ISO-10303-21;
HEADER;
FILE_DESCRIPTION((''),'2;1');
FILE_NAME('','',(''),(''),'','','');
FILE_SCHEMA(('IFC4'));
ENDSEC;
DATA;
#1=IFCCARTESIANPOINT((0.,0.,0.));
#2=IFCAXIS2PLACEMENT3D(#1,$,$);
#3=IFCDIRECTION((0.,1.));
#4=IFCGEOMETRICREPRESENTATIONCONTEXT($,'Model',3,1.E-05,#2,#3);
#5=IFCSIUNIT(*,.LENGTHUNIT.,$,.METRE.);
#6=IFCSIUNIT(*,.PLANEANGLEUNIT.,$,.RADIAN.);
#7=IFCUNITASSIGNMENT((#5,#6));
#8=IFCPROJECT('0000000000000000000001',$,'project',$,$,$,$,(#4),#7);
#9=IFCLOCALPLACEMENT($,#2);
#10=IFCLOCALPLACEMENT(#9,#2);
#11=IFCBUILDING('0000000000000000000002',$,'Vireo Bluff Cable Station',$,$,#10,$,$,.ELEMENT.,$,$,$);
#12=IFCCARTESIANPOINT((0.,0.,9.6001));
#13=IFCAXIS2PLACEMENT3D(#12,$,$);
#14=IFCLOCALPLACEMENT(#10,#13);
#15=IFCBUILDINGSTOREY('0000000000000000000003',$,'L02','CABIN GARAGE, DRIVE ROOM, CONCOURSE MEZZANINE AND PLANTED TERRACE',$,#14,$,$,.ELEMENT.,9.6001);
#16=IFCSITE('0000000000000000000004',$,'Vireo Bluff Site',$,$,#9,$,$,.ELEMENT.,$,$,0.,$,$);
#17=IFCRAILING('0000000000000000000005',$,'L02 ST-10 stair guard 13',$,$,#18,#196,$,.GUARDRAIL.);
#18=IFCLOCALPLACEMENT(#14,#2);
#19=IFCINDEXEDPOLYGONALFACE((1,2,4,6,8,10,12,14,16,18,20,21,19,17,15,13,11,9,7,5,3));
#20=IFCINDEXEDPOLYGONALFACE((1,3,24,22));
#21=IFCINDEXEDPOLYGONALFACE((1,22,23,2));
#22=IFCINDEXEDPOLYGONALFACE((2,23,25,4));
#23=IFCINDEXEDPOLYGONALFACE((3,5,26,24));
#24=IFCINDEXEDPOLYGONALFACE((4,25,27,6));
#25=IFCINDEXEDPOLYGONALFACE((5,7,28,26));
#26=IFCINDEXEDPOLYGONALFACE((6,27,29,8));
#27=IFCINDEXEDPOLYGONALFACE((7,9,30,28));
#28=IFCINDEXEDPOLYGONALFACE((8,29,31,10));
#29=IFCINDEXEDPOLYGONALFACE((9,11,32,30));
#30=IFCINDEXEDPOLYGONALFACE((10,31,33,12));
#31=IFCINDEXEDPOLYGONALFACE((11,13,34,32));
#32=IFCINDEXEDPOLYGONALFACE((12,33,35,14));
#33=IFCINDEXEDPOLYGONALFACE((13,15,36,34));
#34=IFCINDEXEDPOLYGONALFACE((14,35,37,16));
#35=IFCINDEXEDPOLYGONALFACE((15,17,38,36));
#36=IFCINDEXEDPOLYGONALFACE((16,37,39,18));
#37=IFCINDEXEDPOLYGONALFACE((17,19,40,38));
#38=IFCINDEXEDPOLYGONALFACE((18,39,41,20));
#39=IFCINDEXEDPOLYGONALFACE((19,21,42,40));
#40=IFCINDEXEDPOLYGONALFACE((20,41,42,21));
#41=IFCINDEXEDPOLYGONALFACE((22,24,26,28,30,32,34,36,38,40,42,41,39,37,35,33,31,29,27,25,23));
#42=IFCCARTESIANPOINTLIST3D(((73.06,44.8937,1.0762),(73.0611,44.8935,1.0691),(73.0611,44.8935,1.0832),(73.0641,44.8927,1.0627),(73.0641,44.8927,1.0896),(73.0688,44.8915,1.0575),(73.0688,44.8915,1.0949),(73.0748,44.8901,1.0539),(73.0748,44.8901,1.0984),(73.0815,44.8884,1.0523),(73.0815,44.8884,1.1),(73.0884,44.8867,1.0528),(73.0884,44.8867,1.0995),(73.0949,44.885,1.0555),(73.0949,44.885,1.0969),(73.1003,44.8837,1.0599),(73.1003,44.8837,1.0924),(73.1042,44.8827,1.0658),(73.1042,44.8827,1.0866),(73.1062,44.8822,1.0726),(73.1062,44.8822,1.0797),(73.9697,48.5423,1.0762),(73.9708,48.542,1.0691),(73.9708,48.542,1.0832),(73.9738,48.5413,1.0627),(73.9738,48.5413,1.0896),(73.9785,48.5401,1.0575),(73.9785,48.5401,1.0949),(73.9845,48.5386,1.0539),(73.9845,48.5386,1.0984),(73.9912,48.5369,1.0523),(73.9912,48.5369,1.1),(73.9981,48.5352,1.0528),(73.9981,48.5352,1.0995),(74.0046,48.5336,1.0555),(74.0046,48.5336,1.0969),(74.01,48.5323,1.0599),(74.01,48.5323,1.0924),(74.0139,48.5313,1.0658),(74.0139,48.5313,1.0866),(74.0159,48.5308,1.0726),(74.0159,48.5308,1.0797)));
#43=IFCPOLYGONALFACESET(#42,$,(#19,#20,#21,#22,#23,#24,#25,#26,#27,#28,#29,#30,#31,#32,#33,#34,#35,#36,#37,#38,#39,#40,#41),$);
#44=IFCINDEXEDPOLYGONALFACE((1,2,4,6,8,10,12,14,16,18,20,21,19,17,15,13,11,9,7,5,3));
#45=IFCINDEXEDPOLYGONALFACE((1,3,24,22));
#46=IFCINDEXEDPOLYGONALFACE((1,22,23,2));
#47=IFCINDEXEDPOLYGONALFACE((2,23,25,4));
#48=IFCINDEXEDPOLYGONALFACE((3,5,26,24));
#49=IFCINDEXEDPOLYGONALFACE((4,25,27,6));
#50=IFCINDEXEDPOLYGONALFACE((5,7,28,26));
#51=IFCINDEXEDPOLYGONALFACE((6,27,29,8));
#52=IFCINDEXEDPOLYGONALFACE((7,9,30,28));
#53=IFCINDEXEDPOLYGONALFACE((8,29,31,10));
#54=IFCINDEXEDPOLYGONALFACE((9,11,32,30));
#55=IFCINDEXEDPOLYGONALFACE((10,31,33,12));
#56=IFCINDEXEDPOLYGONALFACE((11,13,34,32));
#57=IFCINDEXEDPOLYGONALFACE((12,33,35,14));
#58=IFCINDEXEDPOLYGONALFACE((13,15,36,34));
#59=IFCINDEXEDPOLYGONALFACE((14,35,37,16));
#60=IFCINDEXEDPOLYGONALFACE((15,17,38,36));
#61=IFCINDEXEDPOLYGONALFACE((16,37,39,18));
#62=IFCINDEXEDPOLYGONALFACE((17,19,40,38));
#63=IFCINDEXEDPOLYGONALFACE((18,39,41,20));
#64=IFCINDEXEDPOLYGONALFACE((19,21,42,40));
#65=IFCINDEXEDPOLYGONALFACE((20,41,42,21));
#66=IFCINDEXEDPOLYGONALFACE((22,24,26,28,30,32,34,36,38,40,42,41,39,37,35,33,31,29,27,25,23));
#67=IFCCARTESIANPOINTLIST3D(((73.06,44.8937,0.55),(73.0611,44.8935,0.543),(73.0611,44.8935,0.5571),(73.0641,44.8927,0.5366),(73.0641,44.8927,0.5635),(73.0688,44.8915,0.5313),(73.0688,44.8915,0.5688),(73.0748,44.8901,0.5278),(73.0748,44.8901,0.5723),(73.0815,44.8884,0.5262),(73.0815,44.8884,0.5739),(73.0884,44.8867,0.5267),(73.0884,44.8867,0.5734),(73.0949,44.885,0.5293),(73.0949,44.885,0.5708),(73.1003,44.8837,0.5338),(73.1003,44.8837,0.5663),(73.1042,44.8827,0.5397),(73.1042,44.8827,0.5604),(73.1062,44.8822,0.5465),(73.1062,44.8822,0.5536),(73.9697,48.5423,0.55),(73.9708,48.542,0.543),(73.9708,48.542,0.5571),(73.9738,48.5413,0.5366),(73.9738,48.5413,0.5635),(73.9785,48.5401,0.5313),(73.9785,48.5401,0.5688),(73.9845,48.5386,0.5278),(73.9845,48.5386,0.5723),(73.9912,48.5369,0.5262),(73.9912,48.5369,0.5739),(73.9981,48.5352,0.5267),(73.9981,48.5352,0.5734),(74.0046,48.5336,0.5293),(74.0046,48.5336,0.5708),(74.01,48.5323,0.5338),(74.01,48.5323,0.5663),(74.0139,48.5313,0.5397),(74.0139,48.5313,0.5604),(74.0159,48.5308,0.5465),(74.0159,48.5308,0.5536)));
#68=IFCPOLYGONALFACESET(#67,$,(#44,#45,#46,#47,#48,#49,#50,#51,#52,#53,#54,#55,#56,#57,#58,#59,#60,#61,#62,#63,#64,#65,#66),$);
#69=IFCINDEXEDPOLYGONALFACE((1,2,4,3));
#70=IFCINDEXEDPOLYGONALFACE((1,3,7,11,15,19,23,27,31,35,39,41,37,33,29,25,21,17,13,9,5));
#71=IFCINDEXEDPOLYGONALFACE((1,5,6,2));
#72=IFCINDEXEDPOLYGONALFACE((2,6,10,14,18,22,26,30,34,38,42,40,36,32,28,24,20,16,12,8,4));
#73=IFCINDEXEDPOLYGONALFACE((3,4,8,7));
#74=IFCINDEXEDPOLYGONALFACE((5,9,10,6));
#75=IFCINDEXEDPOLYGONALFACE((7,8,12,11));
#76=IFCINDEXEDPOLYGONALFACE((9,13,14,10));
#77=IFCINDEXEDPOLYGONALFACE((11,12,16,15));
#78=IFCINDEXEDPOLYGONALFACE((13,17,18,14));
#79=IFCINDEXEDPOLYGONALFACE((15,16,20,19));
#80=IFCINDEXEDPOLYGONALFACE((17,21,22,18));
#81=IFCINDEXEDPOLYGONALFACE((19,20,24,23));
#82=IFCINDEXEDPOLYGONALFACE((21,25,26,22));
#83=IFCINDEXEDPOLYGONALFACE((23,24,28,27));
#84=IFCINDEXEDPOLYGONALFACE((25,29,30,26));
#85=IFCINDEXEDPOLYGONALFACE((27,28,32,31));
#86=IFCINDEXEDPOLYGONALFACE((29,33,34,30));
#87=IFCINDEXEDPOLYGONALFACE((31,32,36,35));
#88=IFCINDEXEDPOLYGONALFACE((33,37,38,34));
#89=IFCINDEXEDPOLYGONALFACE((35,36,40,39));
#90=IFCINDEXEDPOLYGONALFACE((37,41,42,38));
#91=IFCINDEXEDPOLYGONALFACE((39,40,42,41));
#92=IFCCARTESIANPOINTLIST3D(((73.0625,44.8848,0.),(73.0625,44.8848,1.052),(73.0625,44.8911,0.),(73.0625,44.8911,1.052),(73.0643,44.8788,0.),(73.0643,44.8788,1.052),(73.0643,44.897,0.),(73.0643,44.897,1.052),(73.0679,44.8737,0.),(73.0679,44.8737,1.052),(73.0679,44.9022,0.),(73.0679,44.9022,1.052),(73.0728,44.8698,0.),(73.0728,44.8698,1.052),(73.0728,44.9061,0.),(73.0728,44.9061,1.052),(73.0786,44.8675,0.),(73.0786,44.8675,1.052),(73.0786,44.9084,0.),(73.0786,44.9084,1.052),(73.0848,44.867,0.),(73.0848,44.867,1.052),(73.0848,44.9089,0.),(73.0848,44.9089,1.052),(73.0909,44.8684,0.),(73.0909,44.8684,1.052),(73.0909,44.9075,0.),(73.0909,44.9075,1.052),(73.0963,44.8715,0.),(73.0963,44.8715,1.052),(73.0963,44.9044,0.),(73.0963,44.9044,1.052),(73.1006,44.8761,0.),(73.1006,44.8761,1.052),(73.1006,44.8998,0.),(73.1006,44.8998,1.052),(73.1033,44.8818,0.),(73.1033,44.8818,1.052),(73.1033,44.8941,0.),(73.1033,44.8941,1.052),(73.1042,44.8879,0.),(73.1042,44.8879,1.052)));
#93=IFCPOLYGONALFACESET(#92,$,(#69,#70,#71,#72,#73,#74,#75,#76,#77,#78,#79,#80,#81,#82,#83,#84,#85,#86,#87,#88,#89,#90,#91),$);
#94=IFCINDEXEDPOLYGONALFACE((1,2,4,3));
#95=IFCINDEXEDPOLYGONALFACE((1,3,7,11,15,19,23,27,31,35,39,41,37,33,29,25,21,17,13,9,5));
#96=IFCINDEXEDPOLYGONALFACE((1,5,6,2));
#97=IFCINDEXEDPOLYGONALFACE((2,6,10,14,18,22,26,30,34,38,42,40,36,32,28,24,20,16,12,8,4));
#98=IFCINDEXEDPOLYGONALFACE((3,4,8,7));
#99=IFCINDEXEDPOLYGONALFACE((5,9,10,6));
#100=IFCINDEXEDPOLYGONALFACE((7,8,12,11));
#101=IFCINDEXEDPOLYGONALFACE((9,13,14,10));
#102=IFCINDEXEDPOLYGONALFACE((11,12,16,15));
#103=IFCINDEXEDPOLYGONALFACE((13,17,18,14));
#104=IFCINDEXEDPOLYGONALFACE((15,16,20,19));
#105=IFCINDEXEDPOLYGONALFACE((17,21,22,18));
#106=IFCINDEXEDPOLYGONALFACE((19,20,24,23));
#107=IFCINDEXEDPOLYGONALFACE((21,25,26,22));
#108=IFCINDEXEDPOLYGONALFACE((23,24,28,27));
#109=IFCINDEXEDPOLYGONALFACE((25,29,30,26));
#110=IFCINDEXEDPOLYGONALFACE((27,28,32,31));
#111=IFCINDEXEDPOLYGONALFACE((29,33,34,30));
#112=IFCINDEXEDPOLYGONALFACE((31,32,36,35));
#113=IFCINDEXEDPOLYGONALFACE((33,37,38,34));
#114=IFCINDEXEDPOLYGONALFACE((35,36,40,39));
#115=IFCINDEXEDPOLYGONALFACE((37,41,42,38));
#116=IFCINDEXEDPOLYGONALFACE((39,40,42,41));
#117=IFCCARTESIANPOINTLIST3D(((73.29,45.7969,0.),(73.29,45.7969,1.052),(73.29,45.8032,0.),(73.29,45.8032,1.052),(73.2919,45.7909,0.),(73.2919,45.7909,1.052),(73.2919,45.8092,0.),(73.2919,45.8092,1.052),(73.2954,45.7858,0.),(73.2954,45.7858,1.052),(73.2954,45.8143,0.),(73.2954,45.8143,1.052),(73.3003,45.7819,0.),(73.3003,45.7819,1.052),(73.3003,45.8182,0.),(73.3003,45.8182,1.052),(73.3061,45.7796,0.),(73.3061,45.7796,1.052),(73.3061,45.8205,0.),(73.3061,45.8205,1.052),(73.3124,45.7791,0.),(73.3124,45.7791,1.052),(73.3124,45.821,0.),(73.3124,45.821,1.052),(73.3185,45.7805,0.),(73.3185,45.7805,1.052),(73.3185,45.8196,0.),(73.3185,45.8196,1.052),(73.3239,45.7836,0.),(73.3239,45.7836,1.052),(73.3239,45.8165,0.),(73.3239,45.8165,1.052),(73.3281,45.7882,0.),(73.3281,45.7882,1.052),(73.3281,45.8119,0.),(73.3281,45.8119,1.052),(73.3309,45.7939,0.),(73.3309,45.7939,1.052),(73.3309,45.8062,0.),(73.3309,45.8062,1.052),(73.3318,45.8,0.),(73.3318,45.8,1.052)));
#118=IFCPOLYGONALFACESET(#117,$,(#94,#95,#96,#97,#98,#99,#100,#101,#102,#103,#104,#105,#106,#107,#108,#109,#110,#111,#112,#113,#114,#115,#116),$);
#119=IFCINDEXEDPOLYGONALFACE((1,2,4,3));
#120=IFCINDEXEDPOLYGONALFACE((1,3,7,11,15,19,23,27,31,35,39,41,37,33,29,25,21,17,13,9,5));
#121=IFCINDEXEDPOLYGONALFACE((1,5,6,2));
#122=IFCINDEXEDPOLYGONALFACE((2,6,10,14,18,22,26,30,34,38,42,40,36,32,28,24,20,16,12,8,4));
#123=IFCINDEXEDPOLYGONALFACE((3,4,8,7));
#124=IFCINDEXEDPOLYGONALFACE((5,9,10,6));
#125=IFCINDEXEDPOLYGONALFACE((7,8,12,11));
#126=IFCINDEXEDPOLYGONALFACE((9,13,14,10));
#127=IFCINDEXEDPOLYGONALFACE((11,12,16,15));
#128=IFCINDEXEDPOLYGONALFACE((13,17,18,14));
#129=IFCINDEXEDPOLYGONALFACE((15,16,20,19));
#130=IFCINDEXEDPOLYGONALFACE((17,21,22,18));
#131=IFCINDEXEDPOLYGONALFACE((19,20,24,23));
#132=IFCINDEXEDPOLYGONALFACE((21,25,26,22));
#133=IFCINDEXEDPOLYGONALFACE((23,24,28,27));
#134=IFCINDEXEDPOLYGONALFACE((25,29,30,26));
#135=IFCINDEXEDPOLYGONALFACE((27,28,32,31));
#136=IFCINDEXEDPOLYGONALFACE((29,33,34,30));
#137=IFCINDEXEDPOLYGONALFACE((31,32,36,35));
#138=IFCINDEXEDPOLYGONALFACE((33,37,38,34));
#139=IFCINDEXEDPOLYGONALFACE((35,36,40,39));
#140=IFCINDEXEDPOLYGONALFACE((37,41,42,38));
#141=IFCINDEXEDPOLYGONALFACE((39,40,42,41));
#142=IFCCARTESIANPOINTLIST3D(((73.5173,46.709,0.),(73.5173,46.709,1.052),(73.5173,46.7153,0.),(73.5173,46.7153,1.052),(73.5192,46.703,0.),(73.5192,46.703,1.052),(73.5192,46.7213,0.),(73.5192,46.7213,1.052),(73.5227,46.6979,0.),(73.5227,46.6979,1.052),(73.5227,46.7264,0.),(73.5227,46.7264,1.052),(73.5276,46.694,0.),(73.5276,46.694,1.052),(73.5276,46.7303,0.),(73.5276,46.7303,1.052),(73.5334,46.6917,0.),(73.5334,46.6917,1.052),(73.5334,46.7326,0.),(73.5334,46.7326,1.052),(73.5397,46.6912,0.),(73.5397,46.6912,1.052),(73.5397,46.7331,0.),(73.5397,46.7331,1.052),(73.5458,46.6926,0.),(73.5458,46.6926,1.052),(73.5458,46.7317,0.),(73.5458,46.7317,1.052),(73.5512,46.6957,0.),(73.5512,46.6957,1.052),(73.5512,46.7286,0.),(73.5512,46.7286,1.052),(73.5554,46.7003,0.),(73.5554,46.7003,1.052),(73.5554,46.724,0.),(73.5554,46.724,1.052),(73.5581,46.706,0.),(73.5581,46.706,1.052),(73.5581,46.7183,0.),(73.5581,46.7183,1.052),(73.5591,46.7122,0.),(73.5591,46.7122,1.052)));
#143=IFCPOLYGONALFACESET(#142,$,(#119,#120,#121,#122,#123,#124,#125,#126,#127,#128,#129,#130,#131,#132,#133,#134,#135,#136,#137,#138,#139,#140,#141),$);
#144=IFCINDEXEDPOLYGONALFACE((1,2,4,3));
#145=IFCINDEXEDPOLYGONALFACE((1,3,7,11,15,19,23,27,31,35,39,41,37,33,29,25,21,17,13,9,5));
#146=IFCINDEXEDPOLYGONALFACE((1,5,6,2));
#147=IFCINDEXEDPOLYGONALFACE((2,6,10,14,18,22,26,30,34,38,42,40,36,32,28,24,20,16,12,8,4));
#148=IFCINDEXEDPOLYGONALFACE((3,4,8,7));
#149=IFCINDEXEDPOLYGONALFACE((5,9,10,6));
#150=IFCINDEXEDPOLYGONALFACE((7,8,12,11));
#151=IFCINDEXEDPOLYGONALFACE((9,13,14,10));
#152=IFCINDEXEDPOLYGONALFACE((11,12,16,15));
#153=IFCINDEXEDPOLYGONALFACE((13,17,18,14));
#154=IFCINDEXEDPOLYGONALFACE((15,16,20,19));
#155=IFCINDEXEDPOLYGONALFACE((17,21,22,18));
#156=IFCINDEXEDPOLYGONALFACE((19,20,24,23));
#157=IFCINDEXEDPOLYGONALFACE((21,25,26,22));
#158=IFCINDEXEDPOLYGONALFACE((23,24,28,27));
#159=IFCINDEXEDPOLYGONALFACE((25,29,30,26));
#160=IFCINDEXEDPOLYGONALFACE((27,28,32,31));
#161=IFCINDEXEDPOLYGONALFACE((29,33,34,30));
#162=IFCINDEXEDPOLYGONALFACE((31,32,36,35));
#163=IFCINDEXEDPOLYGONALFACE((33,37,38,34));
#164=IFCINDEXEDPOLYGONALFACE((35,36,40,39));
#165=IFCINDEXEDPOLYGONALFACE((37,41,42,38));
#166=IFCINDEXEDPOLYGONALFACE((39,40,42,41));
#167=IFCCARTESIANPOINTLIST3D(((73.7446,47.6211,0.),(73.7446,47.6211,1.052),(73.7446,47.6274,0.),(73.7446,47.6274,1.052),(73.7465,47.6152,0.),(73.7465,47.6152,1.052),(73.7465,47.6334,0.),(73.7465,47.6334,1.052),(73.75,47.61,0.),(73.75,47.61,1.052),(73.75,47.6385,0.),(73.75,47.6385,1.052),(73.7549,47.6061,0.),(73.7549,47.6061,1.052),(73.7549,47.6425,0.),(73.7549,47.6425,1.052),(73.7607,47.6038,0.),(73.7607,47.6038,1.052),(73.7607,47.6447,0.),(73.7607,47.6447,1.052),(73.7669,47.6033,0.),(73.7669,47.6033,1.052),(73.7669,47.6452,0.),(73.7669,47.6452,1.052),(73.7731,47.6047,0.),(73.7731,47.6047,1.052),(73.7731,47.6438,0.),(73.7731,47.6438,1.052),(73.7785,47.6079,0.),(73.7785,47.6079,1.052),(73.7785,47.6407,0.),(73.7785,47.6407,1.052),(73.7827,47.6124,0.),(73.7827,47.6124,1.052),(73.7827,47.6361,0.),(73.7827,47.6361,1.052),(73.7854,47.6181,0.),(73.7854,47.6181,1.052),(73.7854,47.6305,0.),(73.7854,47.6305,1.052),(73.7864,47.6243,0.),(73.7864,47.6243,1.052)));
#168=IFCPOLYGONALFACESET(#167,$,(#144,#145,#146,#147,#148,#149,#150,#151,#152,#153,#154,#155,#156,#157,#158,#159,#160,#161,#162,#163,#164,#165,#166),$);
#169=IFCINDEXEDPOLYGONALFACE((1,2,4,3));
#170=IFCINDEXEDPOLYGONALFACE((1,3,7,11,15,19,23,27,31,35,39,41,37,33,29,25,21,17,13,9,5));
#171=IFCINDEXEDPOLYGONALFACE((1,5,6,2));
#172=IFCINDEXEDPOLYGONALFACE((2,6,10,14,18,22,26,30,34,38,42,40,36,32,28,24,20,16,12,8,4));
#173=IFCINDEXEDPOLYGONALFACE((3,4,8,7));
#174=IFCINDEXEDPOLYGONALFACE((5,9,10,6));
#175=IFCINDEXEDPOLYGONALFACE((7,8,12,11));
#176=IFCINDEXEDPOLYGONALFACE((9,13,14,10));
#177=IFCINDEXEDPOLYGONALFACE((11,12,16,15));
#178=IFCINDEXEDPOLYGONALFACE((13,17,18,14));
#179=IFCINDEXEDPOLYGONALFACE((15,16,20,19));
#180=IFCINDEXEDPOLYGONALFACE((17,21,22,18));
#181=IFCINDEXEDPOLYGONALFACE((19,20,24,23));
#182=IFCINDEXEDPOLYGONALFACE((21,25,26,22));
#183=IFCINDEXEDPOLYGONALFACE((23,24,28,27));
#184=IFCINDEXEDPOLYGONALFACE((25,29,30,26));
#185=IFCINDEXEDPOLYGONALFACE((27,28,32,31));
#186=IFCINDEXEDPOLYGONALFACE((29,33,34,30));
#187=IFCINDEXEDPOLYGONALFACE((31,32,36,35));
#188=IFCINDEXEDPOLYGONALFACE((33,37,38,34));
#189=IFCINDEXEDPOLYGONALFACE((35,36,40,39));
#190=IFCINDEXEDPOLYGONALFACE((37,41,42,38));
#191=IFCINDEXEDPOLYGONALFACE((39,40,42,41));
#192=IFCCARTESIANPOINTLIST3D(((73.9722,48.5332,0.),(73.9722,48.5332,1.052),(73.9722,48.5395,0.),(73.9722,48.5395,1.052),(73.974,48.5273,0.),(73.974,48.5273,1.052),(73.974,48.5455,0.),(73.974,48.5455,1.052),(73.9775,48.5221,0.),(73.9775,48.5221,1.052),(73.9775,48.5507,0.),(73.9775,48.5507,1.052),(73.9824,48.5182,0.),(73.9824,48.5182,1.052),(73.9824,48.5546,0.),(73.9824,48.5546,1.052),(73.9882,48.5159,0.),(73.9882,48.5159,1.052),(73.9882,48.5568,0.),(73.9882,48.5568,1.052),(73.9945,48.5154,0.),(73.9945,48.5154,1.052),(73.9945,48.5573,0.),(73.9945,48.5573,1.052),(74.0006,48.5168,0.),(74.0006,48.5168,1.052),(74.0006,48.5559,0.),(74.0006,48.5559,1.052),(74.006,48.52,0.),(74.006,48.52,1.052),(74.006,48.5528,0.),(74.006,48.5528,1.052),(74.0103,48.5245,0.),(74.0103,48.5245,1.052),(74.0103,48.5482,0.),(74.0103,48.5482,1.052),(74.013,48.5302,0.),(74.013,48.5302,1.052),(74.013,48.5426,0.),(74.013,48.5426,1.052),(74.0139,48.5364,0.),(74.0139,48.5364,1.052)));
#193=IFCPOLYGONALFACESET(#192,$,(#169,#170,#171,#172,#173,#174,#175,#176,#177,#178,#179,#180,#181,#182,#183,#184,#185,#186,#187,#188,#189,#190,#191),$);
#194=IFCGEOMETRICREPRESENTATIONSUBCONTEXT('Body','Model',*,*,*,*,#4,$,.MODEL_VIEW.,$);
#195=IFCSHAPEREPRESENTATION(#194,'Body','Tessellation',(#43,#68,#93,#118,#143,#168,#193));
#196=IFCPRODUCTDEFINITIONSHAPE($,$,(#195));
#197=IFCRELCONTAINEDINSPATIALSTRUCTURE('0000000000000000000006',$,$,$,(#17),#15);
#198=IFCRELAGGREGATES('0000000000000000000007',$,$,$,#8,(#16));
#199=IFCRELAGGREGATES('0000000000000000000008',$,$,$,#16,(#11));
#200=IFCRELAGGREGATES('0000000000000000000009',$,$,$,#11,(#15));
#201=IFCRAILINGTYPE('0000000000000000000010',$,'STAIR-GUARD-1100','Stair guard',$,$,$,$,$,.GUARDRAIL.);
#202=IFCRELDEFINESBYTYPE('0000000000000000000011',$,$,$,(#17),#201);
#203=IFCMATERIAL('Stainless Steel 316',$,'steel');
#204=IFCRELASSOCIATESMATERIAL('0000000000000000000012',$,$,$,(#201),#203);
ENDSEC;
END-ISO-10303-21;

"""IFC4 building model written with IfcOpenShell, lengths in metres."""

from ifc_helpers import new_model, si_unit, direction, frame, origin, origin_2d, place, context, subcontext, project, spatial, circle, extrude, material, type_object, element, save


model = new_model("IFC4")

# Units and contexts
model_context = context("Model", 3, precision=1e-05, world=origin(), true_north=direction((0.0, 1.0)))
body_context = subcontext(model_context, "Body", "Model", "MODEL_VIEW")
ifc_project = project(units=[si_unit("LENGTHUNIT", "METRE"), si_unit("PLANEANGLEUNIT", "RADIAN")], contexts=[model_context])

# Site, building, storey
site_placement = place(None, origin())
site = spatial("IfcSite", under=ifc_project, at=site_placement, Name="Vireo Bluff Site", CompositionType="ELEMENT", RefElevation=0.0)
building_placement = place(site_placement, origin())
building = spatial("IfcBuilding", under=site, at=building_placement, Name="Vireo Bluff Cable Station", CompositionType="ELEMENT")
storey_placement = place(building_placement, frame((0.0, 0.0, 9.6001)))
storey = spatial("IfcBuildingStorey", under=building, at=storey_placement, Name="L02", Description="CABIN GARAGE, DRIVE ROOM, CONCOURSE MEZZANINE AND PLANTED TERRACE", CompositionType="ELEMENT", Elevation=9.6001)

# Railing
ifc_material_1 = material(Name="Stainless Steel 316", Category="steel")
railing_type = type_object("IfcRailingType", Name="STAIR-GUARD-1100", Description="Stair guard", PredefinedType="GUARDRAIL", material=ifc_material_1)
railing_1_placement = place(storey_placement, frame((73.0833, 44.8879, 0.0)))
element("IfcRailing", 1, at=railing_1_placement, inside=storey, type_object=railing_type, Name="L02 ST-10 stair guard 13", PredefinedType="GUARDRAIL", context=body_context, shape_type="SweptSolid", body=[
    extrude(circle(Radius=0.0239, at=origin_2d()), frame((0.0, 0.0, 1.0762), z_axis=(0.241924, 0.970295, 0.0), x_axis=(-0.970295, 0.241924, 0.0)), (0.0, 0.0, 1.0), 3.7603),
    extrude(circle(Radius=0.0239, at=origin_2d()), frame((0.0, 0.0, 0.55), z_axis=(0.241924, 0.970295, 0.0), x_axis=(-0.970295, 0.241924, 0.0)), (0.0, 0.0, 1.0), 3.7603),
    extrude(circle(Radius=0.021, at=origin_2d()), origin(), (0.0, 0.0, 1.0), 1.052),
    extrude(circle(Radius=0.021, at=origin_2d()), frame((0.2275, 0.9121, 0.0)), (0.0, 0.0, 1.0), 1.052),
    extrude(circle(Radius=0.021, at=origin_2d()), frame((0.4548, 1.8242, 0.0)), (0.0, 0.0, 1.0), 1.052),
    extrude(circle(Radius=0.021, at=origin_2d()), frame((0.6821, 2.7363, 0.0)), (0.0, 0.0, 1.0), 1.052),
    extrude(circle(Radius=0.021, at=origin_2d()), frame((0.9097, 3.6484, 0.0)), (0.0, 0.0, 1.0), 1.052),
])

save(model, "model.ifc")
